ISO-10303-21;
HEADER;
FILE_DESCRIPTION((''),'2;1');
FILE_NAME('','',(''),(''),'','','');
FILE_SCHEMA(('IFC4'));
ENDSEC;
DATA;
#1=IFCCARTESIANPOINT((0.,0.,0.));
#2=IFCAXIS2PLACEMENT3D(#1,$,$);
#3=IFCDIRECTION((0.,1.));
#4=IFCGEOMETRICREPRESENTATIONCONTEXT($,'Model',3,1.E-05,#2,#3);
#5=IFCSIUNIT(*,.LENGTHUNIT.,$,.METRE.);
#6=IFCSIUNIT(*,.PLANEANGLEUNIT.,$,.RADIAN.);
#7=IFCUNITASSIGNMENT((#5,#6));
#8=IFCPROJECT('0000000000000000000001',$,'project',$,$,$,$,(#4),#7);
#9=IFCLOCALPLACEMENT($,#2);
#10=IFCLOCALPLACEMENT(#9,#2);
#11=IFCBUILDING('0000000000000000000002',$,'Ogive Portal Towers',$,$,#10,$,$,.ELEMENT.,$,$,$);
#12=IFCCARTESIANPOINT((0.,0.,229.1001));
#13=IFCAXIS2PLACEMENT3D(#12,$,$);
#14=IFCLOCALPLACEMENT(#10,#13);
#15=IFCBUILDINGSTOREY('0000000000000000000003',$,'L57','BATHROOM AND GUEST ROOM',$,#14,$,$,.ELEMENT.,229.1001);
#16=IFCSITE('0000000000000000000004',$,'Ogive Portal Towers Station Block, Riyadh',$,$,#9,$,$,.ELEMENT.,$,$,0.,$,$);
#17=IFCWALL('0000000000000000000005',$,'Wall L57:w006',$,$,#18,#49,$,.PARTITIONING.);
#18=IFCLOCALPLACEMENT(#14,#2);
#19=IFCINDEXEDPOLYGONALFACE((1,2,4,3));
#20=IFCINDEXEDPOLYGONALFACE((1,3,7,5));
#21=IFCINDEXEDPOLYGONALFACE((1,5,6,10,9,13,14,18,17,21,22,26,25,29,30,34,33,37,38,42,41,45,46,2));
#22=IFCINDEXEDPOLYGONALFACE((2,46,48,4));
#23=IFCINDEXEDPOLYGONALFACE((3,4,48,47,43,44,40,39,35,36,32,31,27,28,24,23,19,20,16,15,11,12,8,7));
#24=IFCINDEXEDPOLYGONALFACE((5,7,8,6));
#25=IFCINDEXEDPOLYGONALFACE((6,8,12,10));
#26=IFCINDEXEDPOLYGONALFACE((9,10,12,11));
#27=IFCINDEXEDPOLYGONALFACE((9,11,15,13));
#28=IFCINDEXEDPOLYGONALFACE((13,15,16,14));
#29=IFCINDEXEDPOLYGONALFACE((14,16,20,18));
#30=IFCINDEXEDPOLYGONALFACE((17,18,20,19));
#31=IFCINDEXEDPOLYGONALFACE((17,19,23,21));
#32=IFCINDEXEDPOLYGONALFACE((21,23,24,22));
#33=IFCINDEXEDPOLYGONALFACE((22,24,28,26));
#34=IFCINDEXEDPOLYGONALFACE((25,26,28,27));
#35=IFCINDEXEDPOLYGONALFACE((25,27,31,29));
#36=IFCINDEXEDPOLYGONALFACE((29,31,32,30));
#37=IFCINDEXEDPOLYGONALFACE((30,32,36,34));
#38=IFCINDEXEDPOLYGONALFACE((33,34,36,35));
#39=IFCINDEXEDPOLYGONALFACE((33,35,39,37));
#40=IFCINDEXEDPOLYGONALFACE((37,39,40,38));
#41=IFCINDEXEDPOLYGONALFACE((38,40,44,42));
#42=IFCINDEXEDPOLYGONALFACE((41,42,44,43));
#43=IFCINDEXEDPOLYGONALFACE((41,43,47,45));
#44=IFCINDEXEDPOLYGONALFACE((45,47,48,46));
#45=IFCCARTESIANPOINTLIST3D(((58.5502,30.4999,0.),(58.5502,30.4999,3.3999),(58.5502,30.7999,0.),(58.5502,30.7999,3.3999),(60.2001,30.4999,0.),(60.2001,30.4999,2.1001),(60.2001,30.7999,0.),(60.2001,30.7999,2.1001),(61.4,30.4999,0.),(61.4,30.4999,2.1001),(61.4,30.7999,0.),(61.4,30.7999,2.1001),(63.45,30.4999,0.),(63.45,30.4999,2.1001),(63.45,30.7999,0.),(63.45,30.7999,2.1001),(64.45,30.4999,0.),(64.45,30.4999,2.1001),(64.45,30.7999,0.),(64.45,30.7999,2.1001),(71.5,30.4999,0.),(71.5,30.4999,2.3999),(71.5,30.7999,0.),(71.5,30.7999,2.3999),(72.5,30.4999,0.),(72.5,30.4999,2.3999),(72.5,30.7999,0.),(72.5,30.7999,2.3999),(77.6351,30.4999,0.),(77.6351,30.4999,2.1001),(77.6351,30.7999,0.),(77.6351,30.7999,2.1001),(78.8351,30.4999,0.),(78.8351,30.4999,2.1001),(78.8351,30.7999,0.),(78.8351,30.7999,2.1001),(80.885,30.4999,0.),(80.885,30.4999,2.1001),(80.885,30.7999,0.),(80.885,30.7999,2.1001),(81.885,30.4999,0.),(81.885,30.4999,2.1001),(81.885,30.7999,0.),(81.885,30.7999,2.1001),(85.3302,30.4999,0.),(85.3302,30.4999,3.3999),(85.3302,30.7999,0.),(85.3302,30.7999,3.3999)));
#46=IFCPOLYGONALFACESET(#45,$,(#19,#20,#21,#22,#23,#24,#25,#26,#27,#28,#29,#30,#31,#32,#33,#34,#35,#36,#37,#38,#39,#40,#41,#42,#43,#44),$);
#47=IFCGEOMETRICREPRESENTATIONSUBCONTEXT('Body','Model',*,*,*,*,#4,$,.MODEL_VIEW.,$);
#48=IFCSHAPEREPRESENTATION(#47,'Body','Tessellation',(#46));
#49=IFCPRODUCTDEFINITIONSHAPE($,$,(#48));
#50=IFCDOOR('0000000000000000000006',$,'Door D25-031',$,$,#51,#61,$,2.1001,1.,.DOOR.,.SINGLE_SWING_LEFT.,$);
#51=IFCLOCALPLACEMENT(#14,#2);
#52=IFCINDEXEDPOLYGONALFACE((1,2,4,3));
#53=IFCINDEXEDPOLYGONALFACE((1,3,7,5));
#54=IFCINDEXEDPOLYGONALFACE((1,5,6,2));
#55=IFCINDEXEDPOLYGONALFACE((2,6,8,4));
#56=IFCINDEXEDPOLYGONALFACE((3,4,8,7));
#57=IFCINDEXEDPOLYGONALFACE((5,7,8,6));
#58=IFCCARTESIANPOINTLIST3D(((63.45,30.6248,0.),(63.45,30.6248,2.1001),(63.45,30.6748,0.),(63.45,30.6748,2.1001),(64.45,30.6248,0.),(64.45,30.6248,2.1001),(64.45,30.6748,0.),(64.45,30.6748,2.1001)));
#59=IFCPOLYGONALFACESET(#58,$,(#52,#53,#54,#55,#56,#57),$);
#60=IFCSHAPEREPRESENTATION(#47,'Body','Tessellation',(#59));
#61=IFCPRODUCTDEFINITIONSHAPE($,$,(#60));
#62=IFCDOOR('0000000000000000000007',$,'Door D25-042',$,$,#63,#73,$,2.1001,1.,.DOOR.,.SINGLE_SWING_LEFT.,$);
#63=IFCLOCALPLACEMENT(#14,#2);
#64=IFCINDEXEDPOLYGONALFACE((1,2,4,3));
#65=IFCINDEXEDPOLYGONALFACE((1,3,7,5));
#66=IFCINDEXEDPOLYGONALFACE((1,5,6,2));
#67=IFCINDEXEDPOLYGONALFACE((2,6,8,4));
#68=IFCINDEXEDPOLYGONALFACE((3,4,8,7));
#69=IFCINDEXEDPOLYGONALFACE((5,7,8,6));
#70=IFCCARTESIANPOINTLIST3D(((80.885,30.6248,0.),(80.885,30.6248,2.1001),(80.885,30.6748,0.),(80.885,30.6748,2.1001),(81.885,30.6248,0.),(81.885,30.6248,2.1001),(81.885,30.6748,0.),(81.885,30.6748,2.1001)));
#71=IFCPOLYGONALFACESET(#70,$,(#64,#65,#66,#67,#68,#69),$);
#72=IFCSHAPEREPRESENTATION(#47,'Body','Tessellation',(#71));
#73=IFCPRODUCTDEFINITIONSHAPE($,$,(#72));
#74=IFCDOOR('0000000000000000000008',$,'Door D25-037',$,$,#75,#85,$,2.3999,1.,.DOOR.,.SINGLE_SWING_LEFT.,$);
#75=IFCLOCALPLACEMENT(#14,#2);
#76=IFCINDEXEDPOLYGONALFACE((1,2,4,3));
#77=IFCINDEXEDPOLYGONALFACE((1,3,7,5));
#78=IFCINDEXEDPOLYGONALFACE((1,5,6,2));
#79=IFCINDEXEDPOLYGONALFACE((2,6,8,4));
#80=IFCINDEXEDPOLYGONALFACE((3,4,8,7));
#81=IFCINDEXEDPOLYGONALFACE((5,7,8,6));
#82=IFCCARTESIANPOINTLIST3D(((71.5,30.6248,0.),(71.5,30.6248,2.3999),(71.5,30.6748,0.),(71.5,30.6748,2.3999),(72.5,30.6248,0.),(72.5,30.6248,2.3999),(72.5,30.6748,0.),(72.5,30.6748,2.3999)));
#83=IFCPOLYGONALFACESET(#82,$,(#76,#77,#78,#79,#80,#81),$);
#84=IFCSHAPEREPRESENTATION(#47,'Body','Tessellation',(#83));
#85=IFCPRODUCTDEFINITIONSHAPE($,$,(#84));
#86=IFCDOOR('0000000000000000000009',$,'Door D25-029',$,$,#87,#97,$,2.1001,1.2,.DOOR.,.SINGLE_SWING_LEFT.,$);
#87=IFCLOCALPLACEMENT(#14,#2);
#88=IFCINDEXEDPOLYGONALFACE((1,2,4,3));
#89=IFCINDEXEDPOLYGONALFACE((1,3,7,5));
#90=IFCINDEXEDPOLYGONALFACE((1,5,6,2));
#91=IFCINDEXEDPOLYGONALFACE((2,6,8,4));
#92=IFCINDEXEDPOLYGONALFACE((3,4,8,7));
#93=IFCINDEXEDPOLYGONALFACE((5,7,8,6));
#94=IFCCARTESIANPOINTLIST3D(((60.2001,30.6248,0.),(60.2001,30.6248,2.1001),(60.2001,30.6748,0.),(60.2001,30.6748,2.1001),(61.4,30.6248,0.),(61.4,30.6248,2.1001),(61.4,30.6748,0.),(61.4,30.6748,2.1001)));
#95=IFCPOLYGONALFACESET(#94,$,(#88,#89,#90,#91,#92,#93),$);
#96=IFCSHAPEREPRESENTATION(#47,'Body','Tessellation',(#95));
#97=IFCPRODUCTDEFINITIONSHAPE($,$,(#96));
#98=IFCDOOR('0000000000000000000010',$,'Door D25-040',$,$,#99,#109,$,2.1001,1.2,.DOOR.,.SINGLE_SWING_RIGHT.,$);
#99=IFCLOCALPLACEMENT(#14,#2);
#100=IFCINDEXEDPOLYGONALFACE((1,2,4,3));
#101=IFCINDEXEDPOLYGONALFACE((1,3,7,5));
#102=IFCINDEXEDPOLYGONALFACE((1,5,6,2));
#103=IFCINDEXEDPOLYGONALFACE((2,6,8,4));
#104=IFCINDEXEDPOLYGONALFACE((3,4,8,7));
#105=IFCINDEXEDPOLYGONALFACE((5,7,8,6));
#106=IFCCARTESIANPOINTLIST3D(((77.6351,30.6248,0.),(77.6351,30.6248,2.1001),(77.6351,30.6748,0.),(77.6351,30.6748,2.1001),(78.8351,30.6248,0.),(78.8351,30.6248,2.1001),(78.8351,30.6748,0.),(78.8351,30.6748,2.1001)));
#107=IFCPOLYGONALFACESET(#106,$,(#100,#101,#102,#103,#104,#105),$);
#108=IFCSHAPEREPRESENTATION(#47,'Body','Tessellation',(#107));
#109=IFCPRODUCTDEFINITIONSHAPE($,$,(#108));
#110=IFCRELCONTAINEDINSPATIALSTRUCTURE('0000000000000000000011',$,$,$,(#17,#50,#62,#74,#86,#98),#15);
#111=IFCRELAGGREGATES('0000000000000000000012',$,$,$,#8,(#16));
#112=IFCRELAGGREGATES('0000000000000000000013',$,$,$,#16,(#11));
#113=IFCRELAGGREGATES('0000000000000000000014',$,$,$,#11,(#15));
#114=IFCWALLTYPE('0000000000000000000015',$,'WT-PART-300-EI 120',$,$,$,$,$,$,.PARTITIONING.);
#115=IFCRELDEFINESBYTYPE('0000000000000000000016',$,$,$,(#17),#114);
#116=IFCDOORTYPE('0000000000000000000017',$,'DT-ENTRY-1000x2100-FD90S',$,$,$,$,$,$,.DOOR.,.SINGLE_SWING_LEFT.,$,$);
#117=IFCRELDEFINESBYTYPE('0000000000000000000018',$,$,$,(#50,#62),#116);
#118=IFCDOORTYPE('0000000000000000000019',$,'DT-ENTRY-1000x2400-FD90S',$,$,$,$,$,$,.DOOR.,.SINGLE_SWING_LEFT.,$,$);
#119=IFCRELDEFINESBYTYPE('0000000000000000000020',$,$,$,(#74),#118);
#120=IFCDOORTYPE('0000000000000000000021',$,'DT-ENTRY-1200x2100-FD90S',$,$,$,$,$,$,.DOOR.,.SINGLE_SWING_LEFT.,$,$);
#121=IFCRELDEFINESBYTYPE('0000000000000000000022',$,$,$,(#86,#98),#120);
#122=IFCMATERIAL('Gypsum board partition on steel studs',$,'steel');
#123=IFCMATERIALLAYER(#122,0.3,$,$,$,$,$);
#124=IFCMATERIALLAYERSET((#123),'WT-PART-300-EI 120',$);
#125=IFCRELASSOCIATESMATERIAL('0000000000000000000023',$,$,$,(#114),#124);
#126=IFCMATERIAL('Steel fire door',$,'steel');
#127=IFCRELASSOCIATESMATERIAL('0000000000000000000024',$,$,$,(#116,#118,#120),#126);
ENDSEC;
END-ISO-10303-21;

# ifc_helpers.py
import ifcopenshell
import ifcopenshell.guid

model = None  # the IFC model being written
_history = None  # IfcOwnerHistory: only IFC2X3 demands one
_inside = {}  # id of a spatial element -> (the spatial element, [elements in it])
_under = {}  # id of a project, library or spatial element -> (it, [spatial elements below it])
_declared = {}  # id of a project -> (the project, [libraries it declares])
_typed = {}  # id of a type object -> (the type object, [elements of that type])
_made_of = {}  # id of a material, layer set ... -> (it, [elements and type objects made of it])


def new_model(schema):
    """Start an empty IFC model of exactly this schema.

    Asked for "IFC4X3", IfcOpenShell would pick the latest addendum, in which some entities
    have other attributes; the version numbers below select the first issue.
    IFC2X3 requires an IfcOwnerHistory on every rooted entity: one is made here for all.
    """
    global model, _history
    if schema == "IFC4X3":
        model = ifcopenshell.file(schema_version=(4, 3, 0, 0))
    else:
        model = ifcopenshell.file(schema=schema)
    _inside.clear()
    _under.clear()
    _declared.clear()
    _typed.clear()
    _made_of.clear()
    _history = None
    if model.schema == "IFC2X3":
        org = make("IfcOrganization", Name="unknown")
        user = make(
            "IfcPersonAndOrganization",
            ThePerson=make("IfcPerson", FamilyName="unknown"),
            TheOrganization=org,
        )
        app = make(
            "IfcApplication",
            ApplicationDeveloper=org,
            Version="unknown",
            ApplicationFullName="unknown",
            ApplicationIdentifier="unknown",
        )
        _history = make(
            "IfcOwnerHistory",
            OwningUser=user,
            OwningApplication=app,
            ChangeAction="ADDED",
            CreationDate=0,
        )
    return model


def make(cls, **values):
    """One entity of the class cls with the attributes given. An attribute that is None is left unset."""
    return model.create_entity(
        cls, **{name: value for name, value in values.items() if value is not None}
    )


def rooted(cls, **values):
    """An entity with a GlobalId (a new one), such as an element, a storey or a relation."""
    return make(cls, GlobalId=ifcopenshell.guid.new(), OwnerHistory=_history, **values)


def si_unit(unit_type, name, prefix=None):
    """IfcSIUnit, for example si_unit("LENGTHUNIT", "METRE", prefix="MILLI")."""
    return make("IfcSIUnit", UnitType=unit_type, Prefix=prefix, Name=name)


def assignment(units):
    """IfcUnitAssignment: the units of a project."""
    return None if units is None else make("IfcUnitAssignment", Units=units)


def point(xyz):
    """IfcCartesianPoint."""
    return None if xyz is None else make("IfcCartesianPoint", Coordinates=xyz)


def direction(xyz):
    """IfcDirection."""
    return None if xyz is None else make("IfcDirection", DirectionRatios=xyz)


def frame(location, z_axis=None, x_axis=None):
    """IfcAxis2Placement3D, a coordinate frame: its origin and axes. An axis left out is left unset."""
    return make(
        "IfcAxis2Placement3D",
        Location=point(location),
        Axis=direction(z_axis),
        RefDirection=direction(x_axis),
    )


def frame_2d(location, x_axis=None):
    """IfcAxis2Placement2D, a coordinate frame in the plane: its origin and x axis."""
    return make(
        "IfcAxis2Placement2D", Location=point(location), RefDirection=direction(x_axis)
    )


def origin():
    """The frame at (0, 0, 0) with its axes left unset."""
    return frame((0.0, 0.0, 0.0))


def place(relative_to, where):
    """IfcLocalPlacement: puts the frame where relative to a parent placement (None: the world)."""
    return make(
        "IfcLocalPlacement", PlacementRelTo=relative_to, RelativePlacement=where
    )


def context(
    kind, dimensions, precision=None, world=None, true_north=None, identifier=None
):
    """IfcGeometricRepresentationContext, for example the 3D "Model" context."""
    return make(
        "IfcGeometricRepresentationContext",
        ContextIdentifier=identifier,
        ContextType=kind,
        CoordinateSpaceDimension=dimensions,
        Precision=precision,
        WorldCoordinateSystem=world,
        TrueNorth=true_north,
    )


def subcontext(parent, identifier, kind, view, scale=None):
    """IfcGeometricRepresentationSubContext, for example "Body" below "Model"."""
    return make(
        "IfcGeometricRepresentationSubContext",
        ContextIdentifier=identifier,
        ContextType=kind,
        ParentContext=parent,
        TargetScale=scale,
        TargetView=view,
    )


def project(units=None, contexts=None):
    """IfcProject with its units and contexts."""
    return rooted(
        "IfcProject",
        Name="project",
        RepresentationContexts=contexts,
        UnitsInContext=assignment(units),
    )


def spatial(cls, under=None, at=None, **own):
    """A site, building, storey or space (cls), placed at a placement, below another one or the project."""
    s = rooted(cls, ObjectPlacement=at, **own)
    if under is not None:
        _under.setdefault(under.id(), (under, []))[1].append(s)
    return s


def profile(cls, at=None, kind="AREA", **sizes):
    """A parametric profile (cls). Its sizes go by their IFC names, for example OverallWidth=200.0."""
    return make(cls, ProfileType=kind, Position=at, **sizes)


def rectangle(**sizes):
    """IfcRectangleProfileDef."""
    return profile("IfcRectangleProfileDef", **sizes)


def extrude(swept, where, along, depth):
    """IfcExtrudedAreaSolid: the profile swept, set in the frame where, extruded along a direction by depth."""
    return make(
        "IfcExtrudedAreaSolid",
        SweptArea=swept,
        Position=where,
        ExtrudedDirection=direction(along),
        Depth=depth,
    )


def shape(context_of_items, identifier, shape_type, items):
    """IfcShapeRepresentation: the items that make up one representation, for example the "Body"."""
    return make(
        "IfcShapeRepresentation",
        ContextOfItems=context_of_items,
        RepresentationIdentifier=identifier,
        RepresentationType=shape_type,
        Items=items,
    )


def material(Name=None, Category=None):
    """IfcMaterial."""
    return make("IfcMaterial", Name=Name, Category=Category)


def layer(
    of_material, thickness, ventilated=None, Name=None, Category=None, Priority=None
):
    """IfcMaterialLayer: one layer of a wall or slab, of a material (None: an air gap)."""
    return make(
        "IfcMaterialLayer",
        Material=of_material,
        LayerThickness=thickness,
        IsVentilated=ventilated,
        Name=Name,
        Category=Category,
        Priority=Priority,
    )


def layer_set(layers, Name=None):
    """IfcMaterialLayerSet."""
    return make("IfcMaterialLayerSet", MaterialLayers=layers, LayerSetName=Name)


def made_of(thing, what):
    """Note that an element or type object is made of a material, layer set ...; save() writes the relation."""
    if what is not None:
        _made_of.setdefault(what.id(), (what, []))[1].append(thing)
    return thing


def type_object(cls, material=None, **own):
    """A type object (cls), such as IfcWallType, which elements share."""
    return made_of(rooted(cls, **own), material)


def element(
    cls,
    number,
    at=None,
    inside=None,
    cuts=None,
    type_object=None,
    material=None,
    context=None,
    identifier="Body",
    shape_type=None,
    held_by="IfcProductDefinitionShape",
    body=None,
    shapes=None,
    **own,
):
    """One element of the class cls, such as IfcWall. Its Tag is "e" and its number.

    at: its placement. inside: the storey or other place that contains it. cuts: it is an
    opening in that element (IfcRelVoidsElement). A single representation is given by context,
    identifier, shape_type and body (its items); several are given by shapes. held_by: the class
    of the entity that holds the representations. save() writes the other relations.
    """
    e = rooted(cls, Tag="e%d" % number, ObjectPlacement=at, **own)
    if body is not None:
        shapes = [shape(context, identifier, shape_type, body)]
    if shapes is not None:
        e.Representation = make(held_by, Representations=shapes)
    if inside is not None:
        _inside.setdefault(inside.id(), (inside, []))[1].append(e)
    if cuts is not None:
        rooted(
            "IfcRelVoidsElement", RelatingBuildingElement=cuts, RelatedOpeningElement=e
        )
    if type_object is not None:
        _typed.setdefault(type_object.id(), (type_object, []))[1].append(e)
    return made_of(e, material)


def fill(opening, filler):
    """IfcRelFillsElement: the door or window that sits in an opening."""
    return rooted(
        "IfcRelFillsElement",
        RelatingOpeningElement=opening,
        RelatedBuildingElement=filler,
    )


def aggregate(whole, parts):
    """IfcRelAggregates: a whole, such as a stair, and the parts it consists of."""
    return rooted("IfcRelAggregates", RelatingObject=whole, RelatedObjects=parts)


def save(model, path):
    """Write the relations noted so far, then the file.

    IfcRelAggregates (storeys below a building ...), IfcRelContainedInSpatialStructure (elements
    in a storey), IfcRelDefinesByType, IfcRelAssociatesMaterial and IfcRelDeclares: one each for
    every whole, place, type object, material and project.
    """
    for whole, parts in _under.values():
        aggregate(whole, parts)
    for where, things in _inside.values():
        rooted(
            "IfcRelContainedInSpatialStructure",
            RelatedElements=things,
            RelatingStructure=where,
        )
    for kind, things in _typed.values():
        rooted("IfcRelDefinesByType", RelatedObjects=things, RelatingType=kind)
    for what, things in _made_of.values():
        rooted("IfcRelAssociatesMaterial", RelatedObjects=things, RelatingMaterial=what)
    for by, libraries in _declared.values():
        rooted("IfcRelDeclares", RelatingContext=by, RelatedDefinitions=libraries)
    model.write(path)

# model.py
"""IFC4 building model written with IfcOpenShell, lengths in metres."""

from ifc_helpers import new_model, si_unit, direction, frame, frame_2d, origin, place, context, subcontext, project, spatial, rectangle, extrude, material, layer, layer_set, type_object, element, fill, save


model = new_model("IFC4")

# Units and contexts
model_context = context("Model", 3, precision=1e-05, world=origin(), true_north=direction((0.0, 1.0)))
body_context = subcontext(model_context, "Body", "Model", "MODEL_VIEW")
ifc_project = project(units=[si_unit("LENGTHUNIT", "METRE"), si_unit("PLANEANGLEUNIT", "RADIAN")], contexts=[model_context])

# Site, building, storey
site_placement = place(None, origin())
site = spatial("IfcSite", under=ifc_project, at=site_placement, Name="Ogive Portal Towers Station Block, Riyadh", CompositionType="ELEMENT", RefElevation=0.0)
building_placement = place(site_placement, origin())
building = spatial("IfcBuilding", under=site, at=building_placement, Name="Ogive Portal Towers", CompositionType="ELEMENT")
storey_placement = place(building_placement, frame((0.0, 0.0, 229.1001)))
storey = spatial("IfcBuildingStorey", under=building, at=storey_placement, Name="L57", Description="BATHROOM AND GUEST ROOM", CompositionType="ELEMENT", Elevation=229.1001)

# Shared definitions
ifc_material_1 = material(Name="Steel fire door", Category="steel")
ifc_material_2 = material(Name="Gypsum board partition on steel studs", Category="steel")

# Wall, openings, doors
ifc_layer_1 = layer(ifc_material_2, 0.3)
ifc_layer_set_1 = layer_set([ifc_layer_1], Name="WT-PART-300-EI 120")
wall_type_1 = type_object("IfcWallType", Name="WT-PART-300-EI 120", PredefinedType="PARTITIONING", material=ifc_layer_set_1)
wall_1_placement = place(storey_placement, frame((58.55, 30.6499, 0.0), z_axis=(0.0, 0.0, 1.0), x_axis=(1.0, 0.0, 0.0)))
wall_1 = element("IfcWall", 1, at=wall_1_placement, inside=storey, type_object=wall_type_1, Name="Wall L57:w006", PredefinedType="PARTITIONING", context=body_context, shape_type="SweptSolid", body=[
    extrude(rectangle(XDim=26.78, YDim=0.3, at=frame_2d((13.3901, 0.0))), origin(), (0.0, 0.0, 1.0), 3.3999),
])
opening_1_placement = place(wall_1_placement, frame((1.6499, 0.0, 0.0)))
opening_1 = element("IfcOpeningElement", 2, at=opening_1_placement, cuts=wall_1, PredefinedType="OPENING", context=body_context, shape_type="SweptSolid", body=[
    extrude(rectangle(XDim=1.2, YDim=2.1001, at=frame_2d((0.6001, 1.05))), frame((0.0, 0.1602, 0.0), z_axis=(0.0, -1.0, 0.0), x_axis=(1.0, 0.0, 0.0)), (0.0, 0.0, 1.0), 0.3201),
])
opening_2_placement = place(wall_1_placement, frame((4.8999, 0.0, 0.0)))
opening_2 = element("IfcOpeningElement", 3, at=opening_2_placement, cuts=wall_1, PredefinedType="OPENING", context=body_context, shape_type="SweptSolid", body=[
    extrude(rectangle(XDim=1.0, YDim=2.1001, at=frame_2d((0.5, 1.05))), frame((0.0, 0.1602, 0.0), z_axis=(0.0, -1.0, 0.0), x_axis=(1.0, 0.0, 0.0)), (0.0, 0.0, 1.0), 0.3201),
])
opening_3_placement = place(wall_1_placement, frame((12.95, 0.0, 0.0)))
opening_3 = element("IfcOpeningElement", 4, at=opening_3_placement, cuts=wall_1, PredefinedType="OPENING", context=body_context, shape_type="SweptSolid", body=[
    extrude(rectangle(XDim=1.0, YDim=2.3999, at=frame_2d((0.5, 1.2))), frame((0.0, 0.1602, 0.0), z_axis=(0.0, -1.0, 0.0), x_axis=(1.0, 0.0, 0.0)), (0.0, 0.0, 1.0), 0.3201),
])
opening_4_placement = place(wall_1_placement, frame((19.085, 0.0, 0.0)))
opening_4 = element("IfcOpeningElement", 5, at=opening_4_placement, cuts=wall_1, PredefinedType="OPENING", context=body_context, shape_type="SweptSolid", body=[
    extrude(rectangle(XDim=1.2, YDim=2.1001, at=frame_2d((0.6001, 1.05))), frame((0.0, 0.1602, 0.0), z_axis=(0.0, -1.0, 0.0), x_axis=(1.0, 0.0, 0.0)), (0.0, 0.0, 1.0), 0.3201),
])
opening_5_placement = place(wall_1_placement, frame((22.335, 0.0, 0.0)))
opening_5 = element("IfcOpeningElement", 6, at=opening_5_placement, cuts=wall_1, PredefinedType="OPENING", context=body_context, shape_type="SweptSolid", body=[
    extrude(rectangle(XDim=1.0, YDim=2.1001, at=frame_2d((0.5, 1.05))), frame((0.0, 0.1602, 0.0), z_axis=(0.0, -1.0, 0.0), x_axis=(1.0, 0.0, 0.0)), (0.0, 0.0, 1.0), 0.3201),
])
door_type_1 = type_object("IfcDoorType", Name="DT-ENTRY-1000x2100-FD90S", OperationType="SINGLE_SWING_LEFT", PredefinedType="DOOR", material=ifc_material_1)
door_1_placement = place(opening_2_placement, origin())
door_1 = element("IfcDoor", 7, at=door_1_placement, inside=storey, type_object=door_type_1, Name="Door D25-031", OperationType="SINGLE_SWING_LEFT", OverallHeight=2.1001, OverallWidth=1.0, PredefinedType="DOOR", context=body_context, shape_type="SweptSolid", body=[
    extrude(rectangle(XDim=1.0, YDim=2.1001, at=frame_2d((0.5, 1.05))), frame((0.0, 0.0249, 0.0), z_axis=(0.0, -1.0, 0.0), x_axis=(1.0, 0.0, 0.0)), (0.0, 0.0, 1.0), 0.05),
])
fill(opening_2, door_1)
door_2_placement = place(opening_5_placement, origin())
door_2 = element("IfcDoor", 8, at=door_2_placement, inside=storey, type_object=door_type_1, Name="Door D25-042", OperationType="SINGLE_SWING_LEFT", OverallHeight=2.1001, OverallWidth=1.0, PredefinedType="DOOR", context=body_context, shape_type="SweptSolid", body=[
    extrude(rectangle(XDim=1.0, YDim=2.1001, at=frame_2d((0.5, 1.05))), frame((0.0, 0.0249, 0.0), z_axis=(0.0, -1.0, 0.0), x_axis=(1.0, 0.0, 0.0)), (0.0, 0.0, 1.0), 0.05),
])
fill(opening_5, door_2)
door_type_2 = type_object("IfcDoorType", Name="DT-ENTRY-1000x2400-FD90S", OperationType="SINGLE_SWING_LEFT", PredefinedType="DOOR", material=ifc_material_1)
door_3_placement = place(opening_3_placement, origin())
door_3 = element("IfcDoor", 9, at=door_3_placement, inside=storey, type_object=door_type_2, Name="Door D25-037", OperationType="SINGLE_SWING_LEFT", OverallHeight=2.3999, OverallWidth=1.0, PredefinedType="DOOR", context=body_context, shape_type="SweptSolid", body=[
    extrude(rectangle(XDim=1.0, YDim=2.3999, at=frame_2d((0.5, 1.2))), frame((0.0, 0.0249, 0.0), z_axis=(0.0, -1.0, 0.0), x_axis=(1.0, 0.0, 0.0)), (0.0, 0.0, 1.0), 0.05),
])
fill(opening_3, door_3)
door_type_3 = type_object("IfcDoorType", Name="DT-ENTRY-1200x2100-FD90S", OperationType="SINGLE_SWING_LEFT", PredefinedType="DOOR", material=ifc_material_1)
door_4_placement = place(opening_1_placement, origin())
door_4 = element("IfcDoor", 10, at=door_4_placement, inside=storey, type_object=door_type_3, Name="Door D25-029", OperationType="SINGLE_SWING_LEFT", OverallHeight=2.1001, OverallWidth=1.2, PredefinedType="DOOR", context=body_context, shape_type="SweptSolid", body=[
    extrude(rectangle(XDim=1.2, YDim=2.1001, at=frame_2d((0.6001, 1.05))), frame((0.0, 0.0249, 0.0), z_axis=(0.0, -1.0, 0.0), x_axis=(1.0, 0.0, 0.0)), (0.0, 0.0, 1.0), 0.05),
])
fill(opening_1, door_4)
door_5_placement = place(opening_4_placement, origin())
door_5 = element("IfcDoor", 11, at=door_5_placement, inside=storey, type_object=door_type_3, Name="Door D25-040", OperationType="SINGLE_SWING_RIGHT", OverallHeight=2.1001, OverallWidth=1.2, PredefinedType="DOOR", context=body_context, shape_type="SweptSolid", body=[
    extrude(rectangle(XDim=1.2, YDim=2.1001, at=frame_2d((0.6001, 1.05))), frame((0.0, 0.0249, 0.0), z_axis=(0.0, -1.0, 0.0), x_axis=(1.0, 0.0, 0.0)), (0.0, 0.0, 1.0), 0.05),
])
fill(opening_4, door_5)

save(model, "model.ifc")
